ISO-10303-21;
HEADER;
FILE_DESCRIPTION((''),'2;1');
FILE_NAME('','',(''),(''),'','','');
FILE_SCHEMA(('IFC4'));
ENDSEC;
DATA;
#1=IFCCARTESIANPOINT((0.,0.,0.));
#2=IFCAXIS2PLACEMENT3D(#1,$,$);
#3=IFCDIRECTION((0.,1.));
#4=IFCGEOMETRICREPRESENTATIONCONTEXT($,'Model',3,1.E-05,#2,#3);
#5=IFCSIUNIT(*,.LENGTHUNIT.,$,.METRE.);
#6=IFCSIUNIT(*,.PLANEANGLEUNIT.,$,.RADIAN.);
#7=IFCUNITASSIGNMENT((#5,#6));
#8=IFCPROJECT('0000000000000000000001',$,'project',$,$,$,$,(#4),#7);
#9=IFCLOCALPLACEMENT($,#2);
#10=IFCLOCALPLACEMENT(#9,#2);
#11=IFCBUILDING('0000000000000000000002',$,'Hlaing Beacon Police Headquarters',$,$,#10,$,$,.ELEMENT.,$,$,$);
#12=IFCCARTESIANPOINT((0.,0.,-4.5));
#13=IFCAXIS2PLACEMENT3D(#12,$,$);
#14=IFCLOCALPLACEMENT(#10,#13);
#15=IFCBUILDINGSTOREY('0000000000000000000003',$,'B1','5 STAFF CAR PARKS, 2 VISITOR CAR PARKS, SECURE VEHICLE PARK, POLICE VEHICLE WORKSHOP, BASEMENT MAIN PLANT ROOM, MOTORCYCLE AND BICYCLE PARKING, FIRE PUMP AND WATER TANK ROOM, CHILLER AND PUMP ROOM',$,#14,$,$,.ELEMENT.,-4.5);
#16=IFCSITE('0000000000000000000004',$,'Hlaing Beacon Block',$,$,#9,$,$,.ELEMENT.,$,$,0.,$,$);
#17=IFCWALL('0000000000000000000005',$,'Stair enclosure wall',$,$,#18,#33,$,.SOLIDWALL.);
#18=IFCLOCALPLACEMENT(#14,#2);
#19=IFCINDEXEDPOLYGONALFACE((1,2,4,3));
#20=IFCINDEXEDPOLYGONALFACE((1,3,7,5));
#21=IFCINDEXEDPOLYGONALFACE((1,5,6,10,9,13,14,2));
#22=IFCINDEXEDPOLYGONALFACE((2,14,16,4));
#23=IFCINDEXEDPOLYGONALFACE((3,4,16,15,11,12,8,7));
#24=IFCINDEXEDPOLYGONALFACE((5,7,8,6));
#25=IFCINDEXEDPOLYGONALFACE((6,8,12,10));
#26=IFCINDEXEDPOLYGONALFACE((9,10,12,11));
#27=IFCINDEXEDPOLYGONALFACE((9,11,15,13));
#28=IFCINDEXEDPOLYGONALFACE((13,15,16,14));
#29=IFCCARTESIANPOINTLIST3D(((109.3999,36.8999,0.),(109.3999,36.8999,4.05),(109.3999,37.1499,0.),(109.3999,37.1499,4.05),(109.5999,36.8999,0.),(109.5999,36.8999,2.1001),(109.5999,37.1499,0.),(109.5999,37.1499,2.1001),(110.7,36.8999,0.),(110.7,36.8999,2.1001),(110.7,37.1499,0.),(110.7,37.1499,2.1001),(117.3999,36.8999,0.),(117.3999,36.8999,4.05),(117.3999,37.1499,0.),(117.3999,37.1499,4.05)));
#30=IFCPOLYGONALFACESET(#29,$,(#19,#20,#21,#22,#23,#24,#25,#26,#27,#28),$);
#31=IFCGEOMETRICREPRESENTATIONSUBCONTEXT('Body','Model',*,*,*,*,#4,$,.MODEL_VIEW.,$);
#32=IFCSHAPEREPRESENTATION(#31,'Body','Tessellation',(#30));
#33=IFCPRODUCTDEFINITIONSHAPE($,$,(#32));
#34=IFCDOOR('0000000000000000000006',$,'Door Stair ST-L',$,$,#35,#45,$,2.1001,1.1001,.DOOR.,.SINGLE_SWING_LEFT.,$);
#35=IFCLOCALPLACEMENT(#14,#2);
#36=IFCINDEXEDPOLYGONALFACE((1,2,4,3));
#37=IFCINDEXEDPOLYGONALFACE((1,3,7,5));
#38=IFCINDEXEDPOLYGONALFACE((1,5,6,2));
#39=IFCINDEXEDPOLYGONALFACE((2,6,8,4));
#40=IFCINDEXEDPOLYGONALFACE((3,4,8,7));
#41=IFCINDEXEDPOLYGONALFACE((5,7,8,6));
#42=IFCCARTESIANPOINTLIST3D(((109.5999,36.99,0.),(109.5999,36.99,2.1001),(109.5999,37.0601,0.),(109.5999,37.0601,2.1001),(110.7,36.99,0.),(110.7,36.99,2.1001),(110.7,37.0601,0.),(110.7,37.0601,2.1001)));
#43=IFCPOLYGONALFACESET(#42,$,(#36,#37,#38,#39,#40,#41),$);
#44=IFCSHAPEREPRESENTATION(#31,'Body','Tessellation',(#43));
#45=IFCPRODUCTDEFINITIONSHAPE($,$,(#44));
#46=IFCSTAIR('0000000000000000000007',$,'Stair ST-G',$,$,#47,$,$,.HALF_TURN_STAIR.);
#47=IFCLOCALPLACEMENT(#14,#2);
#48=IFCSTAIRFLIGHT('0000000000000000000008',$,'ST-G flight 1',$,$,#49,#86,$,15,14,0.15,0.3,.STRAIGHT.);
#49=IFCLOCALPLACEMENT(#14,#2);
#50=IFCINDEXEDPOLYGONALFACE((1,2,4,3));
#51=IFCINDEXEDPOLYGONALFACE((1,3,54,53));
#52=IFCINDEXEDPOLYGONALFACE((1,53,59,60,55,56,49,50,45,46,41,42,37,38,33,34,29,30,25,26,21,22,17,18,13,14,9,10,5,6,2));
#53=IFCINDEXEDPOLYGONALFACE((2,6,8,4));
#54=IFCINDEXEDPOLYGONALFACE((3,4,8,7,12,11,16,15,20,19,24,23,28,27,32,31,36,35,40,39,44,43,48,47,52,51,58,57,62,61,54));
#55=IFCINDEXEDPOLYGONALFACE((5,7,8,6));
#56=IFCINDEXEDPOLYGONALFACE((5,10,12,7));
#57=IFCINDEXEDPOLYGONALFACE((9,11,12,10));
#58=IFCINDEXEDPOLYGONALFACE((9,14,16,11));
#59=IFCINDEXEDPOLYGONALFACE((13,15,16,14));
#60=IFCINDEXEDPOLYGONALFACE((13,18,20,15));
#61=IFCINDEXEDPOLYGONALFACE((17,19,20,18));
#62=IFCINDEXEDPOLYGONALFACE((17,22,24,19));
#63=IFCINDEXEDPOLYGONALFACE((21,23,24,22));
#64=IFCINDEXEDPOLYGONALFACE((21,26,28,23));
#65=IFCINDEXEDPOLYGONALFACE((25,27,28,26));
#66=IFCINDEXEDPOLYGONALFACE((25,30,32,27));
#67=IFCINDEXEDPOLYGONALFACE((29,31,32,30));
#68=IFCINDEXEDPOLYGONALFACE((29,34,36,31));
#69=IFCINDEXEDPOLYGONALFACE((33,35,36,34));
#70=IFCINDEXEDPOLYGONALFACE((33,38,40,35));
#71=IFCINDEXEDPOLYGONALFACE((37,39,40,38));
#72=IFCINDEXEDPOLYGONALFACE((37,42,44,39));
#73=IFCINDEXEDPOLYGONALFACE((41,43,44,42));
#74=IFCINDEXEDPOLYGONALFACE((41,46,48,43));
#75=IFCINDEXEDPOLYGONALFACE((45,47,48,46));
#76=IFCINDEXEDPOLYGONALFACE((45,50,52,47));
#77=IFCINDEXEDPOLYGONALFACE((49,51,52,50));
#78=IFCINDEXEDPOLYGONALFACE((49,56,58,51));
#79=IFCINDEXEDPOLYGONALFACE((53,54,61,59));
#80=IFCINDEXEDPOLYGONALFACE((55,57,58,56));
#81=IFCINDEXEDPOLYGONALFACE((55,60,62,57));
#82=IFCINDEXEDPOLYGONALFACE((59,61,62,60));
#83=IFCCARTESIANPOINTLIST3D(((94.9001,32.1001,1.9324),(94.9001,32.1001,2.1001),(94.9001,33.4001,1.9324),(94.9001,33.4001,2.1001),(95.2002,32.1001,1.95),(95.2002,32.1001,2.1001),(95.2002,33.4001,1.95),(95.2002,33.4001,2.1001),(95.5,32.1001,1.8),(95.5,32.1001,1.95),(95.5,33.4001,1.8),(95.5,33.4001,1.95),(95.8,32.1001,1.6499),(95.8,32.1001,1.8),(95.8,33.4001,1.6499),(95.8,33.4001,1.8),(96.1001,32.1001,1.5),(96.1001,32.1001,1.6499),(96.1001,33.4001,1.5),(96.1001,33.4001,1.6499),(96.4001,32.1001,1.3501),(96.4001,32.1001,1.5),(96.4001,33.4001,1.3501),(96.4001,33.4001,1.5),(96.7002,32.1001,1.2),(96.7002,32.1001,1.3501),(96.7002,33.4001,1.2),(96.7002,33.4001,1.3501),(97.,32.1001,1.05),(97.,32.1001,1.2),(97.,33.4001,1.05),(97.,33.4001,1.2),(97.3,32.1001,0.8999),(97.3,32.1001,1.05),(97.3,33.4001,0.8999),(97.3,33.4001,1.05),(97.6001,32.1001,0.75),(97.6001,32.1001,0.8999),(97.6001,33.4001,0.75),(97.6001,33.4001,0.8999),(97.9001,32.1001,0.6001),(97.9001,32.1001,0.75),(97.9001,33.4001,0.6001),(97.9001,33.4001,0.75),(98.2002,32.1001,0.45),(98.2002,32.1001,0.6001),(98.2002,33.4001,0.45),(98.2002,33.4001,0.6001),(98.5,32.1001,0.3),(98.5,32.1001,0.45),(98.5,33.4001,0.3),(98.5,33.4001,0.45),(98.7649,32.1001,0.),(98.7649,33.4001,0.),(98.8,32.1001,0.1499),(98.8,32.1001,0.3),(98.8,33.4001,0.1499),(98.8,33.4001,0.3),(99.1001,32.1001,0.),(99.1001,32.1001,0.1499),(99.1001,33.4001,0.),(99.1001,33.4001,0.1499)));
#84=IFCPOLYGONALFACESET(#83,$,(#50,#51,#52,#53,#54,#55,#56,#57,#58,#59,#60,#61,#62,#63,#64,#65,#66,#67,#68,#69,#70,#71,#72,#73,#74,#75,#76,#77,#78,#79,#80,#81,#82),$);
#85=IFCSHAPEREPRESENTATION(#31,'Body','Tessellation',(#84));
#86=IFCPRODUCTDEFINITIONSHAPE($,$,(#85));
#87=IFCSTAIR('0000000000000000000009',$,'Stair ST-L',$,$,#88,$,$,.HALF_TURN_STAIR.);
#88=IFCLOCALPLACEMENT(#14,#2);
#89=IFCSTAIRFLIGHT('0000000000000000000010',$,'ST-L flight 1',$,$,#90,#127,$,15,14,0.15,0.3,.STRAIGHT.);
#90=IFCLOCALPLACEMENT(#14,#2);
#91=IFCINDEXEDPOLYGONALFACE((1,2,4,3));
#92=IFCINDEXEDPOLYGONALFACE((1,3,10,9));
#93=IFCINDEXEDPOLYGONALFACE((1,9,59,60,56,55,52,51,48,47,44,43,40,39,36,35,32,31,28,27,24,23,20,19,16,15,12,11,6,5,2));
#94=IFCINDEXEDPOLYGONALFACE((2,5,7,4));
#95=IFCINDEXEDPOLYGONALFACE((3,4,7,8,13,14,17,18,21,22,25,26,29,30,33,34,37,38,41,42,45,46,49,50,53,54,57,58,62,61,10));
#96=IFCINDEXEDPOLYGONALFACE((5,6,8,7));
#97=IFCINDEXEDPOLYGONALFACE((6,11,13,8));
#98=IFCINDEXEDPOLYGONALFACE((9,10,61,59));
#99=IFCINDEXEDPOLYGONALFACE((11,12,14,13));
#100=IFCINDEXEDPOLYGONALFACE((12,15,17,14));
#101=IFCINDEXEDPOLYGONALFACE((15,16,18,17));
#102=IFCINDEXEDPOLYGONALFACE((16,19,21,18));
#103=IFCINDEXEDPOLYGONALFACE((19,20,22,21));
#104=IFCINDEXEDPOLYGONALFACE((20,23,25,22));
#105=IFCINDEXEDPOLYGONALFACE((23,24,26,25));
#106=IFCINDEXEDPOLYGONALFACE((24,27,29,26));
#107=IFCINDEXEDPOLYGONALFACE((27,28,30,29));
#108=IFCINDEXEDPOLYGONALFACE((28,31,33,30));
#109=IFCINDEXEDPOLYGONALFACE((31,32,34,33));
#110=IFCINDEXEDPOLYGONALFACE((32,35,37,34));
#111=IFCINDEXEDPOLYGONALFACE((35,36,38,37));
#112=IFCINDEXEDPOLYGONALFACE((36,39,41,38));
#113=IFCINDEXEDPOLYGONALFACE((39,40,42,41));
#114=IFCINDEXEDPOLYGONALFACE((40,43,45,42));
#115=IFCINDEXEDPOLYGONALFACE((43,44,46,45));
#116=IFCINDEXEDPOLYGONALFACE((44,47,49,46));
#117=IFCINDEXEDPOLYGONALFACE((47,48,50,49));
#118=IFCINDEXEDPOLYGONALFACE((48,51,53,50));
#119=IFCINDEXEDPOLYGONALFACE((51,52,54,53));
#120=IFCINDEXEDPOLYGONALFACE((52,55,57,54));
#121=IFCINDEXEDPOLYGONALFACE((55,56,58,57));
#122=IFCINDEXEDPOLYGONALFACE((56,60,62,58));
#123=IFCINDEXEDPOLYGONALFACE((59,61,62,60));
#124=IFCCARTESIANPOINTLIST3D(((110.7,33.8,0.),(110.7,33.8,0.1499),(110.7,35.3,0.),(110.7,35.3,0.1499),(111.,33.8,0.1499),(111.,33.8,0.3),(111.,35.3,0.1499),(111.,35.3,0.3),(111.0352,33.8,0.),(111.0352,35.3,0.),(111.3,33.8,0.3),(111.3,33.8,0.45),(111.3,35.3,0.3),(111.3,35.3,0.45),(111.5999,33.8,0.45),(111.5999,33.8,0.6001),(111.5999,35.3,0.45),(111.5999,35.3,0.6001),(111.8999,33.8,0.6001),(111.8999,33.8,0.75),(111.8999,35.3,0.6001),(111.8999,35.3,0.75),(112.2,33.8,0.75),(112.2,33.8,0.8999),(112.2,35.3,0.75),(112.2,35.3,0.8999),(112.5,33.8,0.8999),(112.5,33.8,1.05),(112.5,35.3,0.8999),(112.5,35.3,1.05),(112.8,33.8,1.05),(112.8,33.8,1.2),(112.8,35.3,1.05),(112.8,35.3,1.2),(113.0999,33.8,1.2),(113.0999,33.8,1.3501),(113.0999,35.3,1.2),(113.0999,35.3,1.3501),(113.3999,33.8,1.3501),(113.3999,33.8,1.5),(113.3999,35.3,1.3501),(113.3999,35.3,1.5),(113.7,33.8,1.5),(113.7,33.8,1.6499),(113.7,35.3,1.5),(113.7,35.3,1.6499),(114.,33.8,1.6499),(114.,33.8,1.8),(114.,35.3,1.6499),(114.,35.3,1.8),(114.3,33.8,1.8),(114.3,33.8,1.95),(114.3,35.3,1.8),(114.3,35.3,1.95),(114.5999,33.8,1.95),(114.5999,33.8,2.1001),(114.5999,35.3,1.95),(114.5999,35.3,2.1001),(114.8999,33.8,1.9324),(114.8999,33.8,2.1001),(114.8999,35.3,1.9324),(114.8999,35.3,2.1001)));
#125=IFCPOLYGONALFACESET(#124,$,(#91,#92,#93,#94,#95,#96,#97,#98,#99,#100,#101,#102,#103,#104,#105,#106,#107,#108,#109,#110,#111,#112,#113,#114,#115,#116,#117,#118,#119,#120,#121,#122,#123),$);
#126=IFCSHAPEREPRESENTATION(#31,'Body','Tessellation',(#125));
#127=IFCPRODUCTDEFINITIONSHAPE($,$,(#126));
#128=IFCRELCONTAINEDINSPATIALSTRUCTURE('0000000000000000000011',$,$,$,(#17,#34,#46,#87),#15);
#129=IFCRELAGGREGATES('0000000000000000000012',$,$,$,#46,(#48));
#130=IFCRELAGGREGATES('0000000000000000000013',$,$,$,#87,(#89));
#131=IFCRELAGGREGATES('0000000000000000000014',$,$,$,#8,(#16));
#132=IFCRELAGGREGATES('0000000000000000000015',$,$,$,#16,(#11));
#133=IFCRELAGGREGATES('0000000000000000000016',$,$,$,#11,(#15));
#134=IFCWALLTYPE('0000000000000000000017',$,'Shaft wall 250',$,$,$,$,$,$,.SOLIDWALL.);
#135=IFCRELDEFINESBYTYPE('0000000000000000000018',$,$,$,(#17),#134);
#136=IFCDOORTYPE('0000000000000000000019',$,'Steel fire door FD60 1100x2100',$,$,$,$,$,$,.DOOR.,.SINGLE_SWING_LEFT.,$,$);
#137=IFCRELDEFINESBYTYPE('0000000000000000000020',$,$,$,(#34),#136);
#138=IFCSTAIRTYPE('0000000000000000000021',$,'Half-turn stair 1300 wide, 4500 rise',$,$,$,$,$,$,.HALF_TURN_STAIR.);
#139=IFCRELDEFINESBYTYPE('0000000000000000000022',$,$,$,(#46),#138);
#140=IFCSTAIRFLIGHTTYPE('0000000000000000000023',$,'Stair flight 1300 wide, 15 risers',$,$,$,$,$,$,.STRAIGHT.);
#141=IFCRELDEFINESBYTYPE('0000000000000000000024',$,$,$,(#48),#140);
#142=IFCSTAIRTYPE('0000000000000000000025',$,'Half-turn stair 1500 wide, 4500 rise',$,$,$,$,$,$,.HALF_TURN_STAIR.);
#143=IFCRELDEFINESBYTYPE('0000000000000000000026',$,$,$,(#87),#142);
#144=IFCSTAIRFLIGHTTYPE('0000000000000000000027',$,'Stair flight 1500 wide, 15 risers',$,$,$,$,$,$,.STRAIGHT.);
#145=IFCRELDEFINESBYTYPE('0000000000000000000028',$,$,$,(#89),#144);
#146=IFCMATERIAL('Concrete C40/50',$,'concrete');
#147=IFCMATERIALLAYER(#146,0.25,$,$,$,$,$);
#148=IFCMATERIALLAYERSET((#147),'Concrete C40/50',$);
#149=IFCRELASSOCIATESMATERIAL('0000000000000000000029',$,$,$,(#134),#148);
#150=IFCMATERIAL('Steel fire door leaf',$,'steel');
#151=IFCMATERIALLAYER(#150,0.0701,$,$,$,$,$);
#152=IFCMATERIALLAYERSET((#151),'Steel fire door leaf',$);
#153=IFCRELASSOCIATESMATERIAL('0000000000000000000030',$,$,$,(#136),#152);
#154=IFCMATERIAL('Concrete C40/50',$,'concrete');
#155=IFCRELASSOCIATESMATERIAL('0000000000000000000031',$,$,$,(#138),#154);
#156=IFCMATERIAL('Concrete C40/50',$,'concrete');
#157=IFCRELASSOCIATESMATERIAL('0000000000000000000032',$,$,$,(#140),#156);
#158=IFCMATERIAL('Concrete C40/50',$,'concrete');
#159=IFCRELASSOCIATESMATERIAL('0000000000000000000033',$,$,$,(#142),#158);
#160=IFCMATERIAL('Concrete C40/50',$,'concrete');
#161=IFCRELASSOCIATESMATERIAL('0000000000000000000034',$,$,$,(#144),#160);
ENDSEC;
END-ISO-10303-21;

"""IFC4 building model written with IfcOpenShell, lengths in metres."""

from ifc_helpers import new_model, si_unit, direction, frame, frame_2d, origin, place, context, subcontext, project, spatial, polyline, rectangle, outline, extrude, material, layer, layer_set, type_object, element, fill, aggregate, save


model = new_model("IFC4")

# Units and contexts
model_context = context("Model", 3, precision=1e-05, world=origin(), true_north=direction((0.0, 1.0)))
body_context = subcontext(model_context, "Body", "Model", "MODEL_VIEW")
ifc_project = project(units=[si_unit("LENGTHUNIT", "METRE"), si_unit("PLANEANGLEUNIT", "RADIAN")], contexts=[model_context])

# Site, building, storey
site_placement = place(None, origin())
site = spatial("IfcSite", under=ifc_project, at=site_placement, Name="Hlaing Beacon Block", CompositionType="ELEMENT", RefElevation=0.0)
building_placement = place(site_placement, origin())
building = spatial("IfcBuilding", under=site, at=building_placement, Name="Hlaing Beacon Police Headquarters", CompositionType="ELEMENT")
storey_placement = place(building_placement, frame((0.0, 0.0, -4.5)))
storey = spatial("IfcBuildingStorey", under=building, at=storey_placement, Name="B1", Description="5 STAFF CAR PARKS, 2 VISITOR CAR PARKS, SECURE VEHICLE PARK, POLICE VEHICLE WORKSHOP, BASEMENT MAIN PLANT ROOM, MOTORCYCLE AND BICYCLE PARKING, FIRE PUMP AND WATER TANK ROOM, CHILLER AND PUMP ROOM", CompositionType="ELEMENT", Elevation=-4.5)

# Wall, opening, door
ifc_material_1 = material(Name="Concrete C40/50", Category="concrete")
ifc_layer_1 = layer(ifc_material_1, 0.25)
ifc_layer_set_1 = layer_set([ifc_layer_1], Name="Concrete C40/50")
wall_type_1 = type_object("IfcWallType", Name="Shaft wall 250", PredefinedType="SOLIDWALL", material=ifc_layer_set_1)
wall_1_placement = place(storey_placement, frame((109.3999, 37.0249, 0.0), z_axis=(0.0, 0.0, 1.0), x_axis=(1.0, 0.0, 0.0)))
wall_1 = element("IfcWall", 1, at=wall_1_placement, inside=storey, type_object=wall_type_1, Name="Stair enclosure wall", PredefinedType="SOLIDWALL", context=body_context, shape_type="SweptSolid", body=[
    extrude(rectangle(XDim=8.0, YDim=0.25, at=frame_2d((4.0, 0.0))), origin(), (0.0, 0.0, 1.0), 4.05),
])
opening_1_placement = place(wall_1_placement, frame((0.2, 0.0, 0.0)))
opening_1 = element("IfcOpeningElement", 2, at=opening_1_placement, cuts=wall_1, PredefinedType="OPENING", context=body_context, shape_type="SweptSolid", body=[
    extrude(rectangle(XDim=1.1001, YDim=2.1001, at=frame_2d((0.55, 1.05))), frame((0.0, 0.135, 0.0), z_axis=(0.0, -1.0, 0.0), x_axis=(1.0, 0.0, 0.0)), (0.0, 0.0, 1.0), 0.27),
])
ifc_material_2 = material(Name="Steel fire door leaf", Category="steel")
ifc_layer_2 = layer(ifc_material_2, 0.0701)
ifc_layer_set_2 = layer_set([ifc_layer_2], Name="Steel fire door leaf")
door_type_1 = type_object("IfcDoorType", Name="Steel fire door FD60 1100x2100", OperationType="SINGLE_SWING_LEFT", PredefinedType="DOOR", material=ifc_layer_set_2)
door_1_placement = place(opening_1_placement, frame((1.1001, 0.0, 0.0), z_axis=(0.0, 0.0, 1.0), x_axis=(-1.0, 0.0, 0.0)))
door_1 = element("IfcDoor", 3, at=door_1_placement, inside=storey, type_object=door_type_1, Name="Door Stair ST-L", OperationType="SINGLE_SWING_LEFT", OverallHeight=2.1001, OverallWidth=1.1001, PredefinedType="DOOR", context=body_context, shape_type="SweptSolid", body=[
    extrude(rectangle(XDim=1.1001, YDim=2.1001, at=frame_2d((0.55, 1.05))), frame((0.0, 0.0349, 0.0), z_axis=(0.0, -1.0, 0.0), x_axis=(1.0, 0.0, 0.0)), (0.0, 0.0, 1.0), 0.0701),
])
fill(opening_1, door_1)

# Stairs, stair flights
ifc_material_3 = material(Name="Concrete C40/50", Category="concrete")
stair_type_1 = type_object("IfcStairType", Name="Half-turn stair 1300 wide, 4500 rise", PredefinedType="HALF_TURN_STAIR", material=ifc_material_3)
stair_1_placement = place(storey_placement, origin())
stair_1 = element("IfcStair", 4, at=stair_1_placement, inside=storey, type_object=stair_type_1, Name="Stair ST-G", PredefinedType="HALF_TURN_STAIR")
ifc_material_4 = material(Name="Concrete C40/50", Category="concrete")
stair_flight_type_1 = type_object("IfcStairFlightType", Name="Stair flight 1300 wide, 15 risers", PredefinedType="STRAIGHT", material=ifc_material_4)
stair_flight_1_placement = place(storey_placement, frame((99.1001, 32.75, 0.0), z_axis=(0.0, 0.0, 1.0), x_axis=(-1.0, 0.0, 0.0)))
stair_flight_1 = element("IfcStairFlight", 5, at=stair_flight_1_placement, type_object=stair_flight_type_1, Name="ST-G flight 1", NumberOfRisers=15, NumberOfTreads=14, PredefinedType="STRAIGHT", RiserHeight=0.15, TreadLength=0.3, context=body_context, shape_type="SweptSolid", body=[
    extrude(outline(polyline([(0.0, 0.0), (0.0, 0.1499), (0.3, 0.1499), (0.3, 0.3), (0.6001, 0.3), (0.6001, 0.45), (0.8999, 0.45), (0.8999, 0.6001), (1.2, 0.6001), (1.2, 0.75), (1.5, 0.75), (1.5, 0.8999), (1.8, 0.8999), (1.8, 1.05), (2.1001, 1.05), (2.1001, 1.2), (2.3999, 1.2), (2.3999, 1.3501), (2.7, 1.3501), (2.7, 1.5), (3.0, 1.5), (3.0, 1.6499), (3.3, 1.6499), (3.3, 1.8), (3.6001, 1.8), (3.6001, 1.95), (3.8999, 1.95), (3.8999, 2.1001), (4.2, 2.1001), (4.2, 2.25), (4.2, 1.9324), (0.3352, 0.0), (0.0, 0.0)])), frame((0.0, 0.6499, 0.0), z_axis=(0.0, -1.0, 0.0), x_axis=(1.0, 0.0, 0.0)), (0.0, 0.0, 1.0), 1.3),
])
aggregate(stair_1, [stair_flight_1])
ifc_material_5 = material(Name="Concrete C40/50", Category="concrete")
stair_type_2 = type_object("IfcStairType", Name="Half-turn stair 1500 wide, 4500 rise", PredefinedType="HALF_TURN_STAIR", material=ifc_material_5)
stair_2_placement = place(storey_placement, origin())
stair_2 = element("IfcStair", 6, at=stair_2_placement, inside=storey, type_object=stair_type_2, Name="Stair ST-L", PredefinedType="HALF_TURN_STAIR")
ifc_material_6 = material(Name="Concrete C40/50", Category="concrete")
stair_flight_type_2 = type_object("IfcStairFlightType", Name="Stair flight 1500 wide, 15 risers", PredefinedType="STRAIGHT", material=ifc_material_6)
stair_flight_2_placement = place(storey_placement, frame((110.7, 34.55, 0.0), z_axis=(0.0, 0.0, 1.0), x_axis=(1.0, 0.0, 0.0)))
stair_flight_2 = element("IfcStairFlight", 7, at=stair_flight_2_placement, type_object=stair_flight_type_2, Name="ST-L flight 1", NumberOfRisers=15, NumberOfTreads=14, PredefinedType="STRAIGHT", RiserHeight=0.15, TreadLength=0.3, context=body_context, shape_type="SweptSolid", body=[
    extrude(outline(polyline([(0.0, 0.0), (0.0, 0.1499), (0.3, 0.1499), (0.3, 0.3), (0.6001, 0.3), (0.6001, 0.45), (0.8999, 0.45), (0.8999, 0.6001), (1.2, 0.6001), (1.2, 0.75), (1.5, 0.75), (1.5, 0.8999), (1.8, 0.8999), (1.8, 1.05), (2.1001, 1.05), (2.1001, 1.2), (2.3999, 1.2), (2.3999, 1.3501), (2.7, 1.3501), (2.7, 1.5), (3.0, 1.5), (3.0, 1.6499), (3.3, 1.6499), (3.3, 1.8), (3.6001, 1.8), (3.6001, 1.95), (3.8999, 1.95), (3.8999, 2.1001), (4.2, 2.1001), (4.2, 2.25), (4.2, 1.9324), (0.3352, 0.0), (0.0, 0.0)])), frame((0.0, 0.75, 0.0), z_axis=(0.0, -1.0, 0.0), x_axis=(1.0, 0.0, 0.0)), (0.0, 0.0, 1.0), 1.5),
])
aggregate(stair_2, [stair_flight_2])

save(model, "model.ifc")
